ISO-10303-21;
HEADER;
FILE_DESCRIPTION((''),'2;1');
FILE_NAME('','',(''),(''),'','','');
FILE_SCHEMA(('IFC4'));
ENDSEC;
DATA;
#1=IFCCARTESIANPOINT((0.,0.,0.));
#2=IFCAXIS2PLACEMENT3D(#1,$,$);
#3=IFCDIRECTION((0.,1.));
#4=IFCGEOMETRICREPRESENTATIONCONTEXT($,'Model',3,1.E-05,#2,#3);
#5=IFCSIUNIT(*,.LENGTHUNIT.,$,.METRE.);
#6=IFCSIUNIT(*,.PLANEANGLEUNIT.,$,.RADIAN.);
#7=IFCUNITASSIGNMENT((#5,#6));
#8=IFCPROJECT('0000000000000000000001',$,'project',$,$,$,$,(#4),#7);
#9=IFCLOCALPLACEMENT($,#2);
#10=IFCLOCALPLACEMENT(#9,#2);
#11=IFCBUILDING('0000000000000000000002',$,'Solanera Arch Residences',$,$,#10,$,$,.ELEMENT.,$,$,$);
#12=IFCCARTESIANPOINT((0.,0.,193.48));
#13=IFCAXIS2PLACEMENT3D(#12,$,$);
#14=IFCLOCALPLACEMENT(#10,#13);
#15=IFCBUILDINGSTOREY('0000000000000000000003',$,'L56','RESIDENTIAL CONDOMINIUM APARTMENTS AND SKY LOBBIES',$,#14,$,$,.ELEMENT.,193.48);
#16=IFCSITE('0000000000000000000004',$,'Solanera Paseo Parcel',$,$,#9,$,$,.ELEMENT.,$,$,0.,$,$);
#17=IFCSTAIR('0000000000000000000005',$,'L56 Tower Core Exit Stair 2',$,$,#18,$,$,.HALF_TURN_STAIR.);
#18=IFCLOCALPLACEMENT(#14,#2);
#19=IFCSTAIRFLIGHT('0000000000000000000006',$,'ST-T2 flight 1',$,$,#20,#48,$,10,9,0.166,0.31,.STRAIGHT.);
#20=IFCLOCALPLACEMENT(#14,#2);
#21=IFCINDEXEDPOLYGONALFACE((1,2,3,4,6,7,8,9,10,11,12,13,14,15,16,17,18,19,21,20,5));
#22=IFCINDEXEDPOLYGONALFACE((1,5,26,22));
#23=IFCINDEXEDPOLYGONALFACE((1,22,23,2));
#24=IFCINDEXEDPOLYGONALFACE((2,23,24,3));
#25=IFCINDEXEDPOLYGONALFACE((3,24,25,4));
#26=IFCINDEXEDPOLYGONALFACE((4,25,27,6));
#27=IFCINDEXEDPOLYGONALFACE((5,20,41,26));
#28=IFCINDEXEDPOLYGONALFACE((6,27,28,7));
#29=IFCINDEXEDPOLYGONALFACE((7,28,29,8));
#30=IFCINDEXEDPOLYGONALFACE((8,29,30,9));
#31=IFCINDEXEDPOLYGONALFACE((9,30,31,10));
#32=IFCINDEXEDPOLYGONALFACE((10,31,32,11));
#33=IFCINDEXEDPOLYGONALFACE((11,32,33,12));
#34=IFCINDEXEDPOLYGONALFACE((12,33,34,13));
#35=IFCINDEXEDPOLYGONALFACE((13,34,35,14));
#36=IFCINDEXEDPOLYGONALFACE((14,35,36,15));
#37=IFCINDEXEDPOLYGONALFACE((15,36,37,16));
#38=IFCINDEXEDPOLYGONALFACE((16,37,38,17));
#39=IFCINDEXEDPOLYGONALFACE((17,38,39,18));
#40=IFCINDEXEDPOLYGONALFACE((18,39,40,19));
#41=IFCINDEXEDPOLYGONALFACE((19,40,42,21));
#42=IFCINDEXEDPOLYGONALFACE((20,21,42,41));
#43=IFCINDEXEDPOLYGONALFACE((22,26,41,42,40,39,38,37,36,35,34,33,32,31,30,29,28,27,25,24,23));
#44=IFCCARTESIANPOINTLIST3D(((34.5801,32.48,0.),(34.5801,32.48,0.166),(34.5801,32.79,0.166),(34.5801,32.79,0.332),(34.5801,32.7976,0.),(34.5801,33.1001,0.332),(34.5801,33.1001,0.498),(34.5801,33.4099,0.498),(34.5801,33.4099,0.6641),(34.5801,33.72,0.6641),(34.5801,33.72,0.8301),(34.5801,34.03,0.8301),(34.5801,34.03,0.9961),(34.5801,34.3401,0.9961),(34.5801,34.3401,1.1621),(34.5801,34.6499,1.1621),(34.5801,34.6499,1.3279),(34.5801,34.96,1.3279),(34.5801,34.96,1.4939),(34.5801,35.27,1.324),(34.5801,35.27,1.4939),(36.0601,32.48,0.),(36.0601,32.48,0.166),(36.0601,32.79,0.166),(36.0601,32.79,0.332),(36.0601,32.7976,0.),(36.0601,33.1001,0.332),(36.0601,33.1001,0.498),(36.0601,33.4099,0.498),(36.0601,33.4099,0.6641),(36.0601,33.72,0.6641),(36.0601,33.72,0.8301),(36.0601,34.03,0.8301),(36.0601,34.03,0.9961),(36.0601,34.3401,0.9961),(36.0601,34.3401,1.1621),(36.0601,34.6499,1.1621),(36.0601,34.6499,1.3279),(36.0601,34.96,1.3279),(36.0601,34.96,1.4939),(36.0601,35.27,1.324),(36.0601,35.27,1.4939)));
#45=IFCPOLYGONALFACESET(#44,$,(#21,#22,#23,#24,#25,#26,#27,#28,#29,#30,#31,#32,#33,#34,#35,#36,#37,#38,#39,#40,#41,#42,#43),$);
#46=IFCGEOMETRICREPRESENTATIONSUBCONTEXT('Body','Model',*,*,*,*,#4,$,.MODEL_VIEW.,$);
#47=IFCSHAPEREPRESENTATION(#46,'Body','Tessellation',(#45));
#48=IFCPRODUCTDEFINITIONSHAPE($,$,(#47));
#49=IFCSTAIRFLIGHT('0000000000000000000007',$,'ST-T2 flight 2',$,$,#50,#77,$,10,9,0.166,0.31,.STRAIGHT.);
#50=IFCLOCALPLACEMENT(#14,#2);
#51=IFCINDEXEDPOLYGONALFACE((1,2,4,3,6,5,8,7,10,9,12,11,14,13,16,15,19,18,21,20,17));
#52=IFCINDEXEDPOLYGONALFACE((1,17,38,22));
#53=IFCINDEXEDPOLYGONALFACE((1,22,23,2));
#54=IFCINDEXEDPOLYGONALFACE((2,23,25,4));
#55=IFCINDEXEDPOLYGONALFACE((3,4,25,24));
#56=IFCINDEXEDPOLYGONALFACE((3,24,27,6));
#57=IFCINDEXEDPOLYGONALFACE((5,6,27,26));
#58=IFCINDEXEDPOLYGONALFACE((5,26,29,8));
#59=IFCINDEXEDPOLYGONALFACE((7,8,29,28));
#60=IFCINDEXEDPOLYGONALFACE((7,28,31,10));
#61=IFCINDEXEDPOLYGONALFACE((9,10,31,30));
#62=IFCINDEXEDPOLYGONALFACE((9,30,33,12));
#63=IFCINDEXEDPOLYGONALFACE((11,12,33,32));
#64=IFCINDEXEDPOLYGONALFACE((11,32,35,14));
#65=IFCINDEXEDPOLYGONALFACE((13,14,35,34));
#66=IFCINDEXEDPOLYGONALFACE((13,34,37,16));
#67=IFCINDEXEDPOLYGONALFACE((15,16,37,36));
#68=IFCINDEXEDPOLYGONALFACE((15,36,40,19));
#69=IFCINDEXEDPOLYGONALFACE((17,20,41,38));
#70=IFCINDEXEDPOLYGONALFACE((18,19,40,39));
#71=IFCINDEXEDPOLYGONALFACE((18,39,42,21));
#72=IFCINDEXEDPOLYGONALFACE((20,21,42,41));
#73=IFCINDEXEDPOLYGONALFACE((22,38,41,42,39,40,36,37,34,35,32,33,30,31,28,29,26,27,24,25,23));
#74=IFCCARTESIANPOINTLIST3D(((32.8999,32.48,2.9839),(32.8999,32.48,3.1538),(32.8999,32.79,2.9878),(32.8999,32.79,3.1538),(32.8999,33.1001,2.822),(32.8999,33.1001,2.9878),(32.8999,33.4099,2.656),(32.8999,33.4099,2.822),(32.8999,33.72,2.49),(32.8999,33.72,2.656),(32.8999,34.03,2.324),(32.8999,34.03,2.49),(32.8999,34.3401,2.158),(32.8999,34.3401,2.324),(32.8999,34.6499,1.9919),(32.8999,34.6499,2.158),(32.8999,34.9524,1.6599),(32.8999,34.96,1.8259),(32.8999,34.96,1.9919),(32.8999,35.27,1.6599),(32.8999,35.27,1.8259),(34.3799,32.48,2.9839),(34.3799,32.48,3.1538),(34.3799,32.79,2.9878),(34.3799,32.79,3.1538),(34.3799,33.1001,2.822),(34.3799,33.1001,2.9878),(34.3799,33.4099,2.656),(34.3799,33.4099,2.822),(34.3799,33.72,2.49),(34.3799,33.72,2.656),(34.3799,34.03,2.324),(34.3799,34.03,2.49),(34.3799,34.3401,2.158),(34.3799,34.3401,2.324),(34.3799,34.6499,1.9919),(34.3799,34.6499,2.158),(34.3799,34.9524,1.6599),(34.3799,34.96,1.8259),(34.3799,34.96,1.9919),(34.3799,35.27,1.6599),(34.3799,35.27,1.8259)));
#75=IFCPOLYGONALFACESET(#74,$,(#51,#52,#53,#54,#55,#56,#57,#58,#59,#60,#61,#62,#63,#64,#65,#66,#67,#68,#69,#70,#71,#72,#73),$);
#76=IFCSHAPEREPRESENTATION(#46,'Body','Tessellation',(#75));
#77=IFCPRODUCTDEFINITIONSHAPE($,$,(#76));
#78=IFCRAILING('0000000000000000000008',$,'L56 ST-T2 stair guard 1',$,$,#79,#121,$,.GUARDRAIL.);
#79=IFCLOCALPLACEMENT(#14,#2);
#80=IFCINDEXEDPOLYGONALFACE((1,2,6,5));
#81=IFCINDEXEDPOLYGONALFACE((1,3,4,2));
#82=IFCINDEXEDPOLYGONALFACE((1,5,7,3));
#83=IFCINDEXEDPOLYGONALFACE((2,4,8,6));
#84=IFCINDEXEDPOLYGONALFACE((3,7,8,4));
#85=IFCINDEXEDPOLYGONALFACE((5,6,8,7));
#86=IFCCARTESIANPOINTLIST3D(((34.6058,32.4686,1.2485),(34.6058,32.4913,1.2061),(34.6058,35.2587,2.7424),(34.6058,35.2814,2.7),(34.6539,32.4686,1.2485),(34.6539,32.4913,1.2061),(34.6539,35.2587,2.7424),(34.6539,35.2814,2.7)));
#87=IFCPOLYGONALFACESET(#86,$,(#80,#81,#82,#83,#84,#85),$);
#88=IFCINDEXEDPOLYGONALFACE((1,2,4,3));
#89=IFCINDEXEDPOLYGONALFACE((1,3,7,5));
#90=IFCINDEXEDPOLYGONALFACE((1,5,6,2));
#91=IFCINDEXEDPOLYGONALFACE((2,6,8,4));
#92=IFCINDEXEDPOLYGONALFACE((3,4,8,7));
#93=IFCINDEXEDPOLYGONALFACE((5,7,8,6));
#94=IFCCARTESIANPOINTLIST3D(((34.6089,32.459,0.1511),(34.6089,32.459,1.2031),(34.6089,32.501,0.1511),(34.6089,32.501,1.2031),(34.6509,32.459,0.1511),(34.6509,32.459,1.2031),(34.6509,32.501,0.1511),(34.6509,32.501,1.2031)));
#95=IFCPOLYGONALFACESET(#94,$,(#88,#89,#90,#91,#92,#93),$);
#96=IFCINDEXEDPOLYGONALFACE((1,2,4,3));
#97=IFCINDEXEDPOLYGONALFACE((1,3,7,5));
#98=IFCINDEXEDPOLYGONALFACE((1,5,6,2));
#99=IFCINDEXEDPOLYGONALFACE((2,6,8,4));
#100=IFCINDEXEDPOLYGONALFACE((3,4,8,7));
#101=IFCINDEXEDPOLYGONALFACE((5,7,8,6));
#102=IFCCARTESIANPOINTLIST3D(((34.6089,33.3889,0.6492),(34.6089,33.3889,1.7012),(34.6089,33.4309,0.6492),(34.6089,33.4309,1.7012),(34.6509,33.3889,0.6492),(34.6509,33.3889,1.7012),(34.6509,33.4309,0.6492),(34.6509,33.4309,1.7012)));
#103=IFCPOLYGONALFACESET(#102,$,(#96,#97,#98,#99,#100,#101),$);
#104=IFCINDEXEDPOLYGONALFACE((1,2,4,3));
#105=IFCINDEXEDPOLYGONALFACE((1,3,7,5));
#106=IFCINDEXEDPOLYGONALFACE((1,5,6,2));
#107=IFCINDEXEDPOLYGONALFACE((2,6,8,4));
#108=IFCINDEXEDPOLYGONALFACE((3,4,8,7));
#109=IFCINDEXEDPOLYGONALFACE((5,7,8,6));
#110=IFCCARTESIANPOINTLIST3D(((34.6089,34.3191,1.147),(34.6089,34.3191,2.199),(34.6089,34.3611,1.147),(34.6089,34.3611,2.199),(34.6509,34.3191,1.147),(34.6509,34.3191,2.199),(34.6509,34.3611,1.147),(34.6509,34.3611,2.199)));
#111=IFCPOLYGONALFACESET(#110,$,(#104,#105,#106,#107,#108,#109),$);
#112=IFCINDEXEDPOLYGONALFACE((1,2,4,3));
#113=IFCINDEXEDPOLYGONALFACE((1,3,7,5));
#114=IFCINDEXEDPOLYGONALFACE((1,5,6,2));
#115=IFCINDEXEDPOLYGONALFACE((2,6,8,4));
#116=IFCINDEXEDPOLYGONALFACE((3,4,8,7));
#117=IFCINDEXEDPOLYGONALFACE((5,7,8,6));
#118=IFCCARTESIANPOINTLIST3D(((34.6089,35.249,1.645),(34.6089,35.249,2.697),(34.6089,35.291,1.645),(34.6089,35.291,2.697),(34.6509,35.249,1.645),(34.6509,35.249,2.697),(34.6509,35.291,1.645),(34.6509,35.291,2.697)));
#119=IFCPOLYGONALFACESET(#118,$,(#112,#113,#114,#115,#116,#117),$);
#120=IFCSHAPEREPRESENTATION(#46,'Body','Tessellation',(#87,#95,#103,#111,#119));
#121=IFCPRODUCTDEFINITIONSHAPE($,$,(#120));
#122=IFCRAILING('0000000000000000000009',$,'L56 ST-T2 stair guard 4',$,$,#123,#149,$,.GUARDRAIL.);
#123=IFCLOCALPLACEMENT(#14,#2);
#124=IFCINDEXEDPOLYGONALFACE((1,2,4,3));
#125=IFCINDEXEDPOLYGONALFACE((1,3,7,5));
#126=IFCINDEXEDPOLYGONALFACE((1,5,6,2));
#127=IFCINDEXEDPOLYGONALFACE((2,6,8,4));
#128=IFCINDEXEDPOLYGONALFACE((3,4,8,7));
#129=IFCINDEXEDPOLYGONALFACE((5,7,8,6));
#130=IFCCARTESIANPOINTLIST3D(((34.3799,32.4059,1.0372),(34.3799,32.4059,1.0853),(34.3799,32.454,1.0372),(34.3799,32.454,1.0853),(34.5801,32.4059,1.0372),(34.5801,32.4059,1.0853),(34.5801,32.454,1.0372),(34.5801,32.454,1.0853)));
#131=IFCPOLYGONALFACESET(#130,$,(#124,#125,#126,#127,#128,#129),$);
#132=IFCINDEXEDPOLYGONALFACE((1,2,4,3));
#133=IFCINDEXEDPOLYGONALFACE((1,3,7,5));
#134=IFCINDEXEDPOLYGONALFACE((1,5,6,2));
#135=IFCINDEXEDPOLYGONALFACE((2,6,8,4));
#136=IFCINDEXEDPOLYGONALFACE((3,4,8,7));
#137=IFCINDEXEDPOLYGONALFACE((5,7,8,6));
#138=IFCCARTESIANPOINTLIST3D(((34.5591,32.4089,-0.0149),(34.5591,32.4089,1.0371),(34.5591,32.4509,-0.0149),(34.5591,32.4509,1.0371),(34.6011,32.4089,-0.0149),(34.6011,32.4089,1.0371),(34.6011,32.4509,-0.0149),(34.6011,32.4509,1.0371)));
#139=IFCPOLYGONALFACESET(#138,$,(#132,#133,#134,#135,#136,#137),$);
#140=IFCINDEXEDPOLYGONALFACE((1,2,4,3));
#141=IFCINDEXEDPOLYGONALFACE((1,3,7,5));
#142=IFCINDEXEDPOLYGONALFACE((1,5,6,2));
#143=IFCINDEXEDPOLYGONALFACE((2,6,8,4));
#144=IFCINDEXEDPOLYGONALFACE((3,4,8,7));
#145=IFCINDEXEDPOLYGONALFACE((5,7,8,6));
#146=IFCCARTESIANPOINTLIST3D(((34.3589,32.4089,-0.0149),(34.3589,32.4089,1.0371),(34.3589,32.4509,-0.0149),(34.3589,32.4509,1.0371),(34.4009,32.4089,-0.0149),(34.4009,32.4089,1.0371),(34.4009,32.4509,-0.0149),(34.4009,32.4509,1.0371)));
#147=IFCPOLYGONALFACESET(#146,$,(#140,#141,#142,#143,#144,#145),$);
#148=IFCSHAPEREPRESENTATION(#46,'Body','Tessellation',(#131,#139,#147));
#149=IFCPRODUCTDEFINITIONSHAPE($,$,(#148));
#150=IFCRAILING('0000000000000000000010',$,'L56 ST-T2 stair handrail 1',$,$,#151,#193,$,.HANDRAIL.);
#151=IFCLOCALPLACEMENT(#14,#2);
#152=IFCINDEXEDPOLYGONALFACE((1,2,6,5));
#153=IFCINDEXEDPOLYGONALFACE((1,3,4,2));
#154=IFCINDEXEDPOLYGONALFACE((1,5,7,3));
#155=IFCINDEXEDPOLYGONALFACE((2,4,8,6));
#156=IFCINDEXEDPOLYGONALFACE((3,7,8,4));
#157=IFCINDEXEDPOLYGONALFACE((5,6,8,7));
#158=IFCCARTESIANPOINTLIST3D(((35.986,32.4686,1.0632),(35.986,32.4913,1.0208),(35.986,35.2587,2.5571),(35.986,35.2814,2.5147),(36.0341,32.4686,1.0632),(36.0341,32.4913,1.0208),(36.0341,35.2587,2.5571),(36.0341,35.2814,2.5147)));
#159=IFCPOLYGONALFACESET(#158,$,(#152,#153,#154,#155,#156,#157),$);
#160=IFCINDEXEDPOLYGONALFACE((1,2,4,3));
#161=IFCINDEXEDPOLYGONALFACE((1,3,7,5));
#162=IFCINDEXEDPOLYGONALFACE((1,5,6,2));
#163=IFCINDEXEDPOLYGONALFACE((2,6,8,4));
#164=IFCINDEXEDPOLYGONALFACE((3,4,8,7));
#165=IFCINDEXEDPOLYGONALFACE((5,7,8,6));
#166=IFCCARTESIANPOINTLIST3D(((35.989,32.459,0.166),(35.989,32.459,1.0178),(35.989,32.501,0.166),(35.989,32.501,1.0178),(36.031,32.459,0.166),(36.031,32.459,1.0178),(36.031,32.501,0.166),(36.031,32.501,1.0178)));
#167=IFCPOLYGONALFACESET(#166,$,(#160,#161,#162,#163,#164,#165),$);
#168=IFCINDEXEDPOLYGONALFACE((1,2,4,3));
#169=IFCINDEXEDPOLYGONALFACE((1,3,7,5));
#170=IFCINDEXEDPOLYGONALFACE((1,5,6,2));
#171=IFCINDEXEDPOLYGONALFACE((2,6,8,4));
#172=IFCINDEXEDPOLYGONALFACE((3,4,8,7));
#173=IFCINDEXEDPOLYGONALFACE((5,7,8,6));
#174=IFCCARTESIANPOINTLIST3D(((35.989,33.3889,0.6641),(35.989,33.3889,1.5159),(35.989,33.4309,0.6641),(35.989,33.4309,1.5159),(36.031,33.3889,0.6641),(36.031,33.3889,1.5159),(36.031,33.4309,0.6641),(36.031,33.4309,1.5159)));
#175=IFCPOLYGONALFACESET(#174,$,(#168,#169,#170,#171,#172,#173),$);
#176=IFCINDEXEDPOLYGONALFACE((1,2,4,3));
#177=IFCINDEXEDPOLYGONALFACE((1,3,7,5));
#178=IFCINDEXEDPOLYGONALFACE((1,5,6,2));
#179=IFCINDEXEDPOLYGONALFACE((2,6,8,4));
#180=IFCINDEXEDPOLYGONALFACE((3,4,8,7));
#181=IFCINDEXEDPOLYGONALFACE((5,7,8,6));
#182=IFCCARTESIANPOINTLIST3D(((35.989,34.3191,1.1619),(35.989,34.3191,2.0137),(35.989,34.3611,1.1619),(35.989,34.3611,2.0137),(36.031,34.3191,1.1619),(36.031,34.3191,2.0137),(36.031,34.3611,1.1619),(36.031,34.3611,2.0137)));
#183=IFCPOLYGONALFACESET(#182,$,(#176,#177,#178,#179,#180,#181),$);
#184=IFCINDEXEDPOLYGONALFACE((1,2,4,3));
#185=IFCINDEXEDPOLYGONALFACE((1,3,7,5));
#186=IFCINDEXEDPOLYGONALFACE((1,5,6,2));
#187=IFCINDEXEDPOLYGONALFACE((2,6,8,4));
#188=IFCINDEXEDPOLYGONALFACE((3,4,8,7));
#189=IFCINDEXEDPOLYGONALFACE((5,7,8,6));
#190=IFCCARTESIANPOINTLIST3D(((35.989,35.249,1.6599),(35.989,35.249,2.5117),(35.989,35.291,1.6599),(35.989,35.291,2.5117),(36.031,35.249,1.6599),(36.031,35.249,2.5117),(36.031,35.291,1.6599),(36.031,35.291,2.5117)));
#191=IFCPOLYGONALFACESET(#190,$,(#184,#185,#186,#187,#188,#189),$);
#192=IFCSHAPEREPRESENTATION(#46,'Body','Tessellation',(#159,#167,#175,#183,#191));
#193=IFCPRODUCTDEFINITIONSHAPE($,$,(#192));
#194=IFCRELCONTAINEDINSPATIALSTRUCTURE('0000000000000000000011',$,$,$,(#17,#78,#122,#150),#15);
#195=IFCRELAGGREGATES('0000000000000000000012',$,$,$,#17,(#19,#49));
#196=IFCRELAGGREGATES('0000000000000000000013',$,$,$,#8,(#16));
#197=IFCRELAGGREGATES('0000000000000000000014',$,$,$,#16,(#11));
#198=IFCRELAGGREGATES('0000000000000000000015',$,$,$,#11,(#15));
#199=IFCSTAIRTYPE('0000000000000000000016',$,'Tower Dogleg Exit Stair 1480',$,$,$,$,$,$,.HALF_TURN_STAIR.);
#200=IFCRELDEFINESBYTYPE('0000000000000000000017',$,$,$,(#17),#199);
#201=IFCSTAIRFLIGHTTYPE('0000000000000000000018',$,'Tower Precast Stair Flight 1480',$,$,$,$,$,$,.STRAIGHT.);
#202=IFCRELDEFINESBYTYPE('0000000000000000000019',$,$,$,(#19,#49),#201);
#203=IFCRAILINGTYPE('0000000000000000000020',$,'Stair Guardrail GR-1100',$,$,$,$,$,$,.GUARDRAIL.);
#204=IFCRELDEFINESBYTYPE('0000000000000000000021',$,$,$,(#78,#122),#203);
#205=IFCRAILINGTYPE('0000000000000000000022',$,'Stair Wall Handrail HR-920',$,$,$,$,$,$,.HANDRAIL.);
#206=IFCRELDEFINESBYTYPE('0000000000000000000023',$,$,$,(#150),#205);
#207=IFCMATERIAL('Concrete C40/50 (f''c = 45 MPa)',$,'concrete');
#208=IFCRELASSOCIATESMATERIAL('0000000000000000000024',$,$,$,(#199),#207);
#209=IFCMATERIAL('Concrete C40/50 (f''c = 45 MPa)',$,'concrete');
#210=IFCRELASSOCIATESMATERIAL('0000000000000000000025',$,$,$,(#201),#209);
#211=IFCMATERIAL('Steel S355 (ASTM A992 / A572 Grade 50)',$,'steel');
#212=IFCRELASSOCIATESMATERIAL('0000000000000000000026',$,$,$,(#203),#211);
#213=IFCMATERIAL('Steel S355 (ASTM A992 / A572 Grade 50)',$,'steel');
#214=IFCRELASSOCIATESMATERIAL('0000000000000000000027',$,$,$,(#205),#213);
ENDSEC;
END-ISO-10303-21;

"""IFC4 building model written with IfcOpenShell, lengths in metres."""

from ifc_helpers import new_model, si_unit, direction, frame, origin, origin_2d, place, context, subcontext, project, spatial, polyline, rectangle, outline, extrude, material, type_object, element, aggregate, save


model = new_model("IFC4")

# Units and contexts
model_context = context("Model", 3, precision=1e-05, world=origin(), true_north=direction((0.0, 1.0)))
body_context = subcontext(model_context, "Body", "Model", "MODEL_VIEW")
ifc_project = project(units=[si_unit("LENGTHUNIT", "METRE"), si_unit("PLANEANGLEUNIT", "RADIAN")], contexts=[model_context])

# Site, building, storey
site_placement = place(None, origin())
site = spatial("IfcSite", under=ifc_project, at=site_placement, Name="Solanera Paseo Parcel", CompositionType="ELEMENT", RefElevation=0.0)
building_placement = place(site_placement, origin())
building = spatial("IfcBuilding", under=site, at=building_placement, Name="Solanera Arch Residences", CompositionType="ELEMENT")
storey_placement = place(building_placement, frame((0.0, 0.0, 193.48)))
storey = spatial("IfcBuildingStorey", under=building, at=storey_placement, Name="L56", Description="RESIDENTIAL CONDOMINIUM APARTMENTS AND SKY LOBBIES", CompositionType="ELEMENT", Elevation=193.48)

# Stair, stair flights
ifc_material_1 = material(Name="Concrete C40/50 (f'c = 45 MPa)", Category="concrete")
stair_type = type_object("IfcStairType", Name="Tower Dogleg Exit Stair 1480", PredefinedType="HALF_TURN_STAIR", material=ifc_material_1)
stair_placement = place(storey_placement, origin())
stair = element("IfcStair", 1, at=stair_placement, inside=storey, type_object=stair_type, Name="L56 Tower Core Exit Stair 2", PredefinedType="HALF_TURN_STAIR")
ifc_material_2 = material(Name="Concrete C40/50 (f'c = 45 MPa)", Category="concrete")
stair_flight_type = type_object("IfcStairFlightType", Name="Tower Precast Stair Flight 1480", PredefinedType="STRAIGHT", material=ifc_material_2)
stair_flight_1_placement = place(storey_placement, frame((35.3201, 32.48, 0.0), z_axis=(0.0, 0.0, 1.0), x_axis=(0.0, 1.0, 0.0)))
stair_flight_1 = element("IfcStairFlight", 2, at=stair_flight_1_placement, type_object=stair_flight_type, Name="ST-T2 flight 1", NumberOfRisers=10, NumberOfTreads=9, PredefinedType="STRAIGHT", RiserHeight=0.166, TreadLength=0.31, context=body_context, shape_type="SweptSolid", body=[
    extrude(outline(polyline([(0.0, 0.0), (0.0, 0.166), (0.3101, 0.166), (0.3101, 0.332), (0.6201, 0.332), (0.6201, 0.498), (0.9299, 0.498), (0.9299, 0.6641), (1.24, 0.6641), (1.24, 0.8301), (1.55, 0.8301), (1.55, 0.9961), (1.8601, 0.9961), (1.8601, 1.1621), (2.1699, 1.1621), (2.1699, 1.3279), (2.48, 1.3279), (2.48, 1.4939), (2.79, 1.4939), (2.79, 1.6599), (2.79, 1.324), (0.3176, 0.0), (0.0, 0.0)])), frame((0.0, 0.74, 0.0), z_axis=(0.0, -1.0, 0.0), x_axis=(1.0, 0.0, 0.0)), (0.0, 0.0, 1.0), 1.48),
])
stair_flight_2_placement = place(storey_placement, frame((33.6399, 35.27, 1.6599), z_axis=(0.0, 0.0, 1.0), x_axis=(0.0, -1.0, 0.0)))
stair_flight_2 = element("IfcStairFlight", 3, at=stair_flight_2_placement, type_object=stair_flight_type, Name="ST-T2 flight 2", NumberOfRisers=10, NumberOfTreads=9, PredefinedType="STRAIGHT", RiserHeight=0.166, TreadLength=0.31, context=body_context, shape_type="SweptSolid", body=[
    extrude(outline(polyline([(0.0, 0.0), (0.0, 0.166), (0.3101, 0.166), (0.3101, 0.332), (0.6201, 0.332), (0.6201, 0.498), (0.9299, 0.498), (0.9299, 0.6641), (1.24, 0.6641), (1.24, 0.8301), (1.55, 0.8301), (1.55, 0.9961), (1.8601, 0.9961), (1.8601, 1.1621), (2.1699, 1.1621), (2.1699, 1.3279), (2.48, 1.3279), (2.48, 1.4939), (2.79, 1.4939), (2.79, 1.6599), (2.79, 1.324), (0.3176, 0.0), (0.0, 0.0)])), frame((0.0, 0.74, 0.0), z_axis=(0.0, -1.0, 0.0), x_axis=(1.0, 0.0, 0.0)), (0.0, 0.0, 1.0), 1.48),
])
aggregate(stair, [stair_flight_1, stair_flight_2])

# Railings
ifc_material_3 = material(Name="Steel S355 (ASTM A992 / A572 Grade 50)", Category="steel")
railing_type_1 = type_object("IfcRailingType", Name="Stair Guardrail GR-1100", PredefinedType="GUARDRAIL", material=ifc_material_3)
railing_1_placement = place(storey_placement, frame((34.6299, 32.48, 0.1511)))
element("IfcRailing", 4, at=railing_1_placement, inside=storey, type_object=railing_type_1, Name="L56 ST-T2 stair guard 1", PredefinedType="GUARDRAIL", context=body_context, shape_type="SweptSolid", body=[
    extrude(rectangle(XDim=0.0481, YDim=0.0481, at=origin_2d()), frame((0.0, 0.0, 1.0762), z_axis=(0.0, 0.881581, 0.472033), x_axis=(-1.0, 0.0, 0.0)), (0.0, 0.0, 1.0), 3.1648),
    extrude(rectangle(XDim=0.042, YDim=0.042, at=origin_2d()), origin(), (0.0, 0.0, 1.0), 1.052),
    extrude(rectangle(XDim=0.042, YDim=0.042, at=origin_2d()), frame((0.0, 0.9299, 0.498)), (0.0, 0.0, 1.0), 1.052),
    extrude(rectangle(XDim=0.042, YDim=0.042, at=origin_2d()), frame((0.0, 1.8601, 0.9958)), (0.0, 0.0, 1.0), 1.052),
    extrude(rectangle(XDim=0.042, YDim=0.042, at=origin_2d()), frame((0.0, 2.79, 1.4939)), (0.0, 0.0, 1.0), 1.052),
])
railing_2_placement = place(storey_placement, frame((34.5801, 32.4299, -0.0149)))
element("IfcRailing", 5, at=railing_2_placement, inside=storey, type_object=railing_type_1, Name="L56 ST-T2 stair guard 4", PredefinedType="GUARDRAIL", context=body_context, shape_type="SweptSolid", body=[
    extrude(rectangle(XDim=0.0481, YDim=0.0481, at=origin_2d()), frame((0.0, 0.0, 1.0762), z_axis=(-1.0, 0.0, 0.0), x_axis=(0.0, -1.0, 0.0)), (0.0, 0.0, 1.0), 0.2002),
    extrude(rectangle(XDim=0.042, YDim=0.042, at=origin_2d()), origin(), (0.0, 0.0, 1.0), 1.052),
    extrude(rectangle(XDim=0.042, YDim=0.042, at=origin_2d()), frame((-0.2002, 0.0, 0.0)), (0.0, 0.0, 1.0), 1.052),
])
ifc_material_4 = material(Name="Steel S355 (ASTM A992 / A572 Grade 50)", Category="steel")
railing_type_2 = type_object("IfcRailingType", Name="Stair Wall Handrail HR-920", PredefinedType="HANDRAIL", material=ifc_material_4)
railing_3_placement = place(storey_placement, frame((36.01, 32.48, 0.166)))
element("IfcRailing", 6, at=railing_3_placement, inside=storey, type_object=railing_type_2, Name="L56 ST-T2 stair handrail 1", PredefinedType="HANDRAIL", context=body_context, shape_type="SweptSolid", body=[
    extrude(rectangle(XDim=0.0481, YDim=0.0481, at=origin_2d()), frame((0.0, 0.0, 0.876), z_axis=(0.0, 0.881581, 0.472033), x_axis=(-1.0, 0.0, 0.0)), (0.0, 0.0, 1.0), 3.1648),
    extrude(rectangle(XDim=0.042, YDim=0.042, at=origin_2d()), origin(), (0.0, 0.0, 1.0), 0.8518),
    extrude(rectangle(XDim=0.042, YDim=0.042, at=origin_2d()), frame((0.0, 0.9299, 0.498)), (0.0, 0.0, 1.0), 0.8518),
    extrude(rectangle(XDim=0.042, YDim=0.042, at=origin_2d()), frame((0.0, 1.8601, 0.9958)), (0.0, 0.0, 1.0), 0.8518),
    extrude(rectangle(XDim=0.042, YDim=0.042, at=origin_2d()), frame((0.0, 2.79, 1.4939)), (0.0, 0.0, 1.0), 0.8518),
])

save(model, "model.ifc")
